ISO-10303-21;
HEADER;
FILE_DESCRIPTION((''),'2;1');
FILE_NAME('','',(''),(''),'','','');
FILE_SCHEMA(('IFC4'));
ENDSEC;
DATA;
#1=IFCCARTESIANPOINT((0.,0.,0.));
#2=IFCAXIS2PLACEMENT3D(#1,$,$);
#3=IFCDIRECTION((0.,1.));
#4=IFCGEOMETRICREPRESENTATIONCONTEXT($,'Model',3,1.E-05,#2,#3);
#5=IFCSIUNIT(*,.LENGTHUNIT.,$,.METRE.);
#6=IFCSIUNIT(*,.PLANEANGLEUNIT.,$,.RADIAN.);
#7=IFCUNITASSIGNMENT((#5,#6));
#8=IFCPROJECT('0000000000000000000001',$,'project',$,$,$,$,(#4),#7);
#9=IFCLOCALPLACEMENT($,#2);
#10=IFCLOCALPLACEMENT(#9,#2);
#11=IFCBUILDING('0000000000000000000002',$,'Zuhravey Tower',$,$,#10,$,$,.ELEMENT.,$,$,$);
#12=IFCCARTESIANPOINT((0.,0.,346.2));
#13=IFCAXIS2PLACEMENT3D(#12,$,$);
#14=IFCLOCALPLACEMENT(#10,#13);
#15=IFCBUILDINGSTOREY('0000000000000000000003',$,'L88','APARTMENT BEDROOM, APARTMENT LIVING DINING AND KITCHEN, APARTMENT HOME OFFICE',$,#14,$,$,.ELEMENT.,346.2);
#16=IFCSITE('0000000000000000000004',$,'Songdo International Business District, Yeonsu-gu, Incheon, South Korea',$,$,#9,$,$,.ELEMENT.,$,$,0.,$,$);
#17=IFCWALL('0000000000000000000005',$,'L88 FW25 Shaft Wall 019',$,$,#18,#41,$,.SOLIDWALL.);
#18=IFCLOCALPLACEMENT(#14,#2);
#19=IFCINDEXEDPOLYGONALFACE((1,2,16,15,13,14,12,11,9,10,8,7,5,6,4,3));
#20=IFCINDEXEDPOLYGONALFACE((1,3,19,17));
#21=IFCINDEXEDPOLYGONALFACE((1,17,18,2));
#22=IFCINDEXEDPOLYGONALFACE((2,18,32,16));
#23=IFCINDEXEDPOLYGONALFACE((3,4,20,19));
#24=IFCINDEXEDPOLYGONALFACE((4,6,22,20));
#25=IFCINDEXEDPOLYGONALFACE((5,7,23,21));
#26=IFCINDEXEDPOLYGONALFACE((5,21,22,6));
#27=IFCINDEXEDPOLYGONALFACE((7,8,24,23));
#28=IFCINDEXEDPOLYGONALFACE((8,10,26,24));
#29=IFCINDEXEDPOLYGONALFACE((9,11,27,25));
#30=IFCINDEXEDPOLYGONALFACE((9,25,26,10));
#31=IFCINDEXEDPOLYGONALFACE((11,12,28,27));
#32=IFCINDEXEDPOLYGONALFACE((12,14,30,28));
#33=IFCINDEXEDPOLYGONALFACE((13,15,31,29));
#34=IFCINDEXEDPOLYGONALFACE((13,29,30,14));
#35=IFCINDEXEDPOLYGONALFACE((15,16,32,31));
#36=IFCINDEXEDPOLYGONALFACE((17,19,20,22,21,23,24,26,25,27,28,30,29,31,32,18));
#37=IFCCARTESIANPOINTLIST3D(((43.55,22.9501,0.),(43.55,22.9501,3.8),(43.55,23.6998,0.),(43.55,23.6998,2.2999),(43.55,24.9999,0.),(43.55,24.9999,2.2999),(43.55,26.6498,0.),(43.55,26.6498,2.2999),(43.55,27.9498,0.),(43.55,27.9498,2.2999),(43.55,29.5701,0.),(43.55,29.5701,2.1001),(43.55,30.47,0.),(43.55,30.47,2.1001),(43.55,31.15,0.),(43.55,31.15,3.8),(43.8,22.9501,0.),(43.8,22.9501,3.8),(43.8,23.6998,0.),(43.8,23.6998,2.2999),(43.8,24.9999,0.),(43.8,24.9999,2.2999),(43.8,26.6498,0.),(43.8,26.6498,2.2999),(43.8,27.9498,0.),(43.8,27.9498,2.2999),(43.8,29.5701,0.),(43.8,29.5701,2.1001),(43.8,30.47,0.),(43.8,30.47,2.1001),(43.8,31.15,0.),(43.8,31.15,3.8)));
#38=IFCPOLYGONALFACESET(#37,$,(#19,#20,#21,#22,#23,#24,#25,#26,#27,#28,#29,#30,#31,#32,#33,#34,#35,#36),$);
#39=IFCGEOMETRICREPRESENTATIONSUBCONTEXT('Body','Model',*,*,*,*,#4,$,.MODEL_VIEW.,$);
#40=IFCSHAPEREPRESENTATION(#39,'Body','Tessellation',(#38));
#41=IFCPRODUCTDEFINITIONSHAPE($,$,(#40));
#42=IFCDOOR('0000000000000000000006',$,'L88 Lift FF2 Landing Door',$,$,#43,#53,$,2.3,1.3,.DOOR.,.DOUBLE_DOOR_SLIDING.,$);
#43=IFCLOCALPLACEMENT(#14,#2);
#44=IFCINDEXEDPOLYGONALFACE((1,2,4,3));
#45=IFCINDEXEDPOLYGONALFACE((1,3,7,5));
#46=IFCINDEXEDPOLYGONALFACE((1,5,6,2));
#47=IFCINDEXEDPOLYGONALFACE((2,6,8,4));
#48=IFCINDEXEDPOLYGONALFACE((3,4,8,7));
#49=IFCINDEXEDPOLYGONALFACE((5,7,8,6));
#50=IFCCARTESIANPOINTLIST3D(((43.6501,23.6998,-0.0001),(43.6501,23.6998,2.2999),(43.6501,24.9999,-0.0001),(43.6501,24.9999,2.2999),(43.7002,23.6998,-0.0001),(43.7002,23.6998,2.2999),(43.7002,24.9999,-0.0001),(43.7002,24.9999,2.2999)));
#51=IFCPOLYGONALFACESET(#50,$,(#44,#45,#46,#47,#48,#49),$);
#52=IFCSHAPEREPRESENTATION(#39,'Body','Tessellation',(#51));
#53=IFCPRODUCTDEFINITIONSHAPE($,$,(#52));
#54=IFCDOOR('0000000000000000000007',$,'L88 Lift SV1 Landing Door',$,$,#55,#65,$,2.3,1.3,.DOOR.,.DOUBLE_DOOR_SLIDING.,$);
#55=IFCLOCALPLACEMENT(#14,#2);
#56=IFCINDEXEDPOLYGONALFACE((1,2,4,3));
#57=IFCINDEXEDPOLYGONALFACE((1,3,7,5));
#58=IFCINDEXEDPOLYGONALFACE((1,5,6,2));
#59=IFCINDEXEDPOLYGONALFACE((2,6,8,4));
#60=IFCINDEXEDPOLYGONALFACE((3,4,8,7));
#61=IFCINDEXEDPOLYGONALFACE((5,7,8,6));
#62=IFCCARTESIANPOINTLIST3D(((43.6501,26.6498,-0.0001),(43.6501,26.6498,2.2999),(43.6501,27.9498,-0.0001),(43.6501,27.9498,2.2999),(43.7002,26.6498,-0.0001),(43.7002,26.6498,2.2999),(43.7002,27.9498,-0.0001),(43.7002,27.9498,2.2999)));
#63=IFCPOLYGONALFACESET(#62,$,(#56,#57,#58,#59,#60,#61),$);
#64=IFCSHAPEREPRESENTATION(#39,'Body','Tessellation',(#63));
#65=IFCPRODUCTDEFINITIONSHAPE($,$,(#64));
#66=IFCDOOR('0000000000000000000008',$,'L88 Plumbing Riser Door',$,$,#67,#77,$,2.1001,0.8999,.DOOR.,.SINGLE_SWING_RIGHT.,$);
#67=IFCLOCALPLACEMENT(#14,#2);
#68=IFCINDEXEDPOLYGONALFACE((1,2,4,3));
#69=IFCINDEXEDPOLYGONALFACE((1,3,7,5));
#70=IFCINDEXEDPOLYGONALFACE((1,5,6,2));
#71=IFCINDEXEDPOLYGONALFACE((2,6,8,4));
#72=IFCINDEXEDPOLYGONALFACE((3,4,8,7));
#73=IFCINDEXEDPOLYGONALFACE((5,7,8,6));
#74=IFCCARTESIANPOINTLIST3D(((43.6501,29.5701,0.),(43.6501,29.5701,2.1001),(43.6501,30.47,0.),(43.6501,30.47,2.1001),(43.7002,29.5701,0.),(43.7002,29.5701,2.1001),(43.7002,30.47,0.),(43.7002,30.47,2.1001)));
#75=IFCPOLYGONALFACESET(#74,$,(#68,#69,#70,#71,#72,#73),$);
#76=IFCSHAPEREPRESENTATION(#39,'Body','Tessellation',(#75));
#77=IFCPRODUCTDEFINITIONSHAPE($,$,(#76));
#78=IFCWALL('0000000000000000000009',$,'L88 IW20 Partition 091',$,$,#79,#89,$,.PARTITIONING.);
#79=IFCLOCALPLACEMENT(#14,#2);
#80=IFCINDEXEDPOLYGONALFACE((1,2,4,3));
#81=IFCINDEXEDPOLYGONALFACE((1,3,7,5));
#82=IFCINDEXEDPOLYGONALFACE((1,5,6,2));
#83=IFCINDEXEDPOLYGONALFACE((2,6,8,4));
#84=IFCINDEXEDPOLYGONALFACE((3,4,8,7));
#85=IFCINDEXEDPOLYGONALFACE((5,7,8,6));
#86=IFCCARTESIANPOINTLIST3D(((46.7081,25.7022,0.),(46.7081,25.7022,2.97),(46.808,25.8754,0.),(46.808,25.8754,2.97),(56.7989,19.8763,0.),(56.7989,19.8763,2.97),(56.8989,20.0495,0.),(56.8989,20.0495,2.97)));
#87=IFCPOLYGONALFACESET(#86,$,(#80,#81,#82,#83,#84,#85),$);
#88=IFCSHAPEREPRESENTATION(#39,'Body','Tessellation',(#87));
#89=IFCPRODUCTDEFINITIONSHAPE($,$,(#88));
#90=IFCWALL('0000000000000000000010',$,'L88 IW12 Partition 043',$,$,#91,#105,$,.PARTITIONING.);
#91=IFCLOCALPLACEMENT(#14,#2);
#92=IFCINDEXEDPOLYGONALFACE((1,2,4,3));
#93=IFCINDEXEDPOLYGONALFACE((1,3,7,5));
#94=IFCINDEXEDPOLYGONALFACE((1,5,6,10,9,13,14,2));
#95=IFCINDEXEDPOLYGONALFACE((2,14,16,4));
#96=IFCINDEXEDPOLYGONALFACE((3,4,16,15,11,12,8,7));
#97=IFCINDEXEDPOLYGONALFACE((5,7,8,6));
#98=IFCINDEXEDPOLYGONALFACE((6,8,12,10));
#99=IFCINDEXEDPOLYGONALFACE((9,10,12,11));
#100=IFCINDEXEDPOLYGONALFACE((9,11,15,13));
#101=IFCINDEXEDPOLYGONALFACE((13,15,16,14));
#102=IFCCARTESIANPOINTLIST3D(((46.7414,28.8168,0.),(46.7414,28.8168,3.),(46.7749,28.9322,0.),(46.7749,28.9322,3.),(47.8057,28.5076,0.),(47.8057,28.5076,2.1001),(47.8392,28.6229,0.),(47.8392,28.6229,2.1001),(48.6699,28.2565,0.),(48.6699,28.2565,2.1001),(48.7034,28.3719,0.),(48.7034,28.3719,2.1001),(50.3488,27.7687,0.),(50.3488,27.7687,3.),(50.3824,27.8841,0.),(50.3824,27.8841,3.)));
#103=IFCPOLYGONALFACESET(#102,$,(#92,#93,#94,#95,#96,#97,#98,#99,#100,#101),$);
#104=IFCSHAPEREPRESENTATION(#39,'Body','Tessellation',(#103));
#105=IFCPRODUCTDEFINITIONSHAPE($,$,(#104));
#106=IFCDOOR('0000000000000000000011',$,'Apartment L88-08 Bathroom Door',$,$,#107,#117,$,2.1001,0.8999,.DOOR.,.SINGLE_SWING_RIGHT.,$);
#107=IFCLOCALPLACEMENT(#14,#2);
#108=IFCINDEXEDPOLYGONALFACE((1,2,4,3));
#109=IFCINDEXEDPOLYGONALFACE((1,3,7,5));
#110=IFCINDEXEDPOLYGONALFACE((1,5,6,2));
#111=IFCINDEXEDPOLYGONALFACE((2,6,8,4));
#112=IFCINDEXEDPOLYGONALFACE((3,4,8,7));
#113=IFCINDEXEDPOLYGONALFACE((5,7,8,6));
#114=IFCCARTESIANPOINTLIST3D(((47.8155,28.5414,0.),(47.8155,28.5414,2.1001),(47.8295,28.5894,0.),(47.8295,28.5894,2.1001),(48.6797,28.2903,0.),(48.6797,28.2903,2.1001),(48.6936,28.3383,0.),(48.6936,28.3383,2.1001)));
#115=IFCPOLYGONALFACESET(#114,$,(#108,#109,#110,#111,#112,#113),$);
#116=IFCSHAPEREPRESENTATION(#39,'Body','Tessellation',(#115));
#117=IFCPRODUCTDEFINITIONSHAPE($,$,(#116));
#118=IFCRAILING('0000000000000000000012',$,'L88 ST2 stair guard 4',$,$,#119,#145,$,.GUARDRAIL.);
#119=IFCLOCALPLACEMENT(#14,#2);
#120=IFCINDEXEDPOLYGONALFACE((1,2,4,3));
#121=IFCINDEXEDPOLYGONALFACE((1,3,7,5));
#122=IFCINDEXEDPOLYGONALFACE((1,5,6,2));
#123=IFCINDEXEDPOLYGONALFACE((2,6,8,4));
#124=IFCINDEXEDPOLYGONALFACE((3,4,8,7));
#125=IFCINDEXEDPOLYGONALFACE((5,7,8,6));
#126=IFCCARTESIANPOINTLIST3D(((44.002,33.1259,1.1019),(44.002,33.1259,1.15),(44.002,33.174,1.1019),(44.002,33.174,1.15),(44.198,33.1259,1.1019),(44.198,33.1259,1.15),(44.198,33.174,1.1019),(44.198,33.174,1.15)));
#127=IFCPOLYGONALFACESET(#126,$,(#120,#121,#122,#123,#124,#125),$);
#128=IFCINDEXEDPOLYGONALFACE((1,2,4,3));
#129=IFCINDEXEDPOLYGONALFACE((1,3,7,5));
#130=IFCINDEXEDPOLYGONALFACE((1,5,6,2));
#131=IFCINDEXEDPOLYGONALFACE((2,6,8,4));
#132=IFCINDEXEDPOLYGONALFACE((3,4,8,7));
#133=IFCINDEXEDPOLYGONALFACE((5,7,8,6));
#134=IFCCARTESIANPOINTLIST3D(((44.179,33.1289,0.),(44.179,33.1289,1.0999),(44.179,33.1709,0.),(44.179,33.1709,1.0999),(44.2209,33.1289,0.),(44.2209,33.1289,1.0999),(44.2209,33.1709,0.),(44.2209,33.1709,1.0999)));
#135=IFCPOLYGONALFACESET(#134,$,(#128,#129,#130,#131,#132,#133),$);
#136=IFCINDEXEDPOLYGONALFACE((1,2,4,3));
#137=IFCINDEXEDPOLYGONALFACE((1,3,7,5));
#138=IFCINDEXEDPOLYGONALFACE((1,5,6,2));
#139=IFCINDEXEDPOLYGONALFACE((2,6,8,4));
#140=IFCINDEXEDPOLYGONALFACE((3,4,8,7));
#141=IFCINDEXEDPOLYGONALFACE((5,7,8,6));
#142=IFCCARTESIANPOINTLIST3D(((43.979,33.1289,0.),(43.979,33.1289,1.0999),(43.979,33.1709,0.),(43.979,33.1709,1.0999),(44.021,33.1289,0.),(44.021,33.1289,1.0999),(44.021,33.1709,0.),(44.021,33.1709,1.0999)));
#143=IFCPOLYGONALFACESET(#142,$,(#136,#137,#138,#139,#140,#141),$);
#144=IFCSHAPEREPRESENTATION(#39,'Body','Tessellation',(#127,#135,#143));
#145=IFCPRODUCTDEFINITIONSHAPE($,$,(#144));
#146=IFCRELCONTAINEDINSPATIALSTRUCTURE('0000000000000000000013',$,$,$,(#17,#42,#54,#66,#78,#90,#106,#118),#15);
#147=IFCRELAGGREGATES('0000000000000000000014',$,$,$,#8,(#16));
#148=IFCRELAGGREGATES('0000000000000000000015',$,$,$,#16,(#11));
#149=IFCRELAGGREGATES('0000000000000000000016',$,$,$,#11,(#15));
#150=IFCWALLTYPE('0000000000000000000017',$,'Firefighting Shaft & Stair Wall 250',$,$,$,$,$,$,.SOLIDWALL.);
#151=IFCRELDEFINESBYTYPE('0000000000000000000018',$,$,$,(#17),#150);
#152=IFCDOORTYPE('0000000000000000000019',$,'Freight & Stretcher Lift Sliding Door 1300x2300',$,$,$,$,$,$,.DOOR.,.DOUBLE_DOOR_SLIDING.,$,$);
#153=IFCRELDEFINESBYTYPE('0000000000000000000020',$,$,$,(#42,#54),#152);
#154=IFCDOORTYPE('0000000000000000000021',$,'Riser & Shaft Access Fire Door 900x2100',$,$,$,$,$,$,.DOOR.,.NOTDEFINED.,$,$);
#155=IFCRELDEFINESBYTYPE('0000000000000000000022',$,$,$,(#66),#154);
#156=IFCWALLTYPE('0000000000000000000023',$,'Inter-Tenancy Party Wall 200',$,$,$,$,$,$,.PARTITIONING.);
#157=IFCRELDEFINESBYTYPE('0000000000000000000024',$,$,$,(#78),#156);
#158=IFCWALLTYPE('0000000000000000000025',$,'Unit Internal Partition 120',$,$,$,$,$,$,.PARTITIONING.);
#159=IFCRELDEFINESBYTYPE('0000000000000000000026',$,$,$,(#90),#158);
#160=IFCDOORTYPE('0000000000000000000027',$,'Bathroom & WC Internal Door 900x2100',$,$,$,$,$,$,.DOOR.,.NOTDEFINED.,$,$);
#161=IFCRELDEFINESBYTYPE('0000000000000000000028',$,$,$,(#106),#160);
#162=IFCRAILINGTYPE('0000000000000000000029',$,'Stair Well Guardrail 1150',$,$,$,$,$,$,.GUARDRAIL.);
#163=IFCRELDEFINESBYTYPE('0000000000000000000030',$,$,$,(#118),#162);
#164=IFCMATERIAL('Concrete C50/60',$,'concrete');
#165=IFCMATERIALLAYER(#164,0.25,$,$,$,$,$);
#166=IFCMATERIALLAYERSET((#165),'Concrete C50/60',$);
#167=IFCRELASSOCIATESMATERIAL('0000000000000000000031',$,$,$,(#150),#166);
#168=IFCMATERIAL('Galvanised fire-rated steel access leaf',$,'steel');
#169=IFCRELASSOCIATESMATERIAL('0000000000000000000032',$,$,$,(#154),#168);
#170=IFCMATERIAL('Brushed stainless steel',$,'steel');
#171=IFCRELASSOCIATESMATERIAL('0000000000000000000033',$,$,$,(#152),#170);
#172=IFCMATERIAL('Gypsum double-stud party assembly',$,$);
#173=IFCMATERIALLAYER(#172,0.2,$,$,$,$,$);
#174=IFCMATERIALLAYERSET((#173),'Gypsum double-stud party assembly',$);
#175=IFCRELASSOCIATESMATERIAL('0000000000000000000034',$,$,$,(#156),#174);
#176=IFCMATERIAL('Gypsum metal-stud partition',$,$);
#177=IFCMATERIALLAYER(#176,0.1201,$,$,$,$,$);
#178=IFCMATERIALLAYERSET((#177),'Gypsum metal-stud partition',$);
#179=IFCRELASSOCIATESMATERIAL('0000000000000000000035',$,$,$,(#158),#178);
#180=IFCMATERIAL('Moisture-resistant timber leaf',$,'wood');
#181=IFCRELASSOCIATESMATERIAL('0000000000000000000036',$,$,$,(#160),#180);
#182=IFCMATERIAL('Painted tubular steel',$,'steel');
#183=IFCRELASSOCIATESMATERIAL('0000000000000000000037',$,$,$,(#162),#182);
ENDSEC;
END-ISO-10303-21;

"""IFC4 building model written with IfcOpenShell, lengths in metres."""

from ifc_helpers import new_model, si_unit, direction, frame, frame_2d, origin, origin_2d, place, context, subcontext, project, spatial, rectangle, extrude, material, layer, layer_set, type_object, element, fill, save


model = new_model("IFC4")

# Units and contexts
model_context = context("Model", 3, precision=1e-05, world=origin(), true_north=direction((0.0, 1.0)))
body_context = subcontext(model_context, "Body", "Model", "MODEL_VIEW")
ifc_project = project(units=[si_unit("LENGTHUNIT", "METRE"), si_unit("PLANEANGLEUNIT", "RADIAN")], contexts=[model_context])

# Site, building, storey
site_placement = place(None, origin())
site = spatial("IfcSite", under=ifc_project, at=site_placement, Name="Songdo International Business District, Yeonsu-gu, Incheon, South Korea", CompositionType="ELEMENT", RefElevation=0.0)
building_placement = place(site_placement, origin())
building = spatial("IfcBuilding", under=site, at=building_placement, Name="Zuhravey Tower", CompositionType="ELEMENT")
storey_placement = place(building_placement, frame((0.0, 0.0, 346.2)))
storey = spatial("IfcBuildingStorey", under=building, at=storey_placement, Name="L88", Description="APARTMENT BEDROOM, APARTMENT LIVING DINING AND KITCHEN, APARTMENT HOME OFFICE", CompositionType="ELEMENT", Elevation=346.2)

# Shared definitions
ifc_material_1 = material(Name="Concrete C50/60", Category="concrete")
ifc_layer_1 = layer(ifc_material_1, 0.25)
ifc_layer_set_1 = layer_set([ifc_layer_1], Name="Concrete C50/60")
wall_type_1 = type_object("IfcWallType", Name="Firefighting Shaft & Stair Wall 250", PredefinedType="SOLIDWALL", material=ifc_layer_set_1)

# Shared definitions
ifc_material_2 = material(Name="Galvanised fire-rated steel access leaf", Category="steel")
door_type_1 = type_object("IfcDoorType", Name="Riser & Shaft Access Fire Door 900x2100", OperationType="NOTDEFINED", PredefinedType="DOOR", material=ifc_material_2)
ifc_material_3 = material(Name="Brushed stainless steel", Category="steel")

# Wall, openings, doors
wall_1_placement = place(storey_placement, frame((43.675, 22.95, 0.0), z_axis=(0.0, 0.0, 1.0), x_axis=(0.0, 1.0, 0.0)))
wall_1 = element("IfcWall", 1, at=wall_1_placement, inside=storey, type_object=wall_type_1, Name="L88 FW25 Shaft Wall 019", PredefinedType="SOLIDWALL", context=body_context, shape_type="SweptSolid", body=[
    extrude(rectangle(XDim=8.2, YDim=0.25, at=frame_2d((4.1001, 0.0))), origin(), (0.0, 0.0, 1.0), 3.8),
])
opening_1_placement = place(wall_1_placement, frame((0.75, 0.0, 0.0)))
opening_1 = element("IfcOpeningElement", 2, at=opening_1_placement, cuts=wall_1, PredefinedType="OPENING", context=body_context, shape_type="SweptSolid", body=[
    extrude(rectangle(XDim=1.3, YDim=2.3, at=frame_2d((0.6499, 1.1499))), frame((0.0, 0.137, 0.0), z_axis=(0.0, -1.0, 0.0), x_axis=(1.0, 0.0, 0.0)), (0.0, 0.0, 1.0), 0.2739),
])
opening_2_placement = place(wall_1_placement, frame((3.7, 0.0, 0.0)))
opening_2 = element("IfcOpeningElement", 3, at=opening_2_placement, cuts=wall_1, PredefinedType="OPENING", context=body_context, shape_type="SweptSolid", body=[
    extrude(rectangle(XDim=1.3, YDim=2.3, at=frame_2d((0.6499, 1.1499))), frame((0.0, 0.137, 0.0), z_axis=(0.0, -1.0, 0.0), x_axis=(1.0, 0.0, 0.0)), (0.0, 0.0, 1.0), 0.2739),
])
opening_3_placement = place(wall_1_placement, frame((6.6201, 0.0, 0.0)))
opening_3 = element("IfcOpeningElement", 4, at=opening_3_placement, cuts=wall_1, PredefinedType="OPENING", context=body_context, shape_type="SweptSolid", body=[
    extrude(rectangle(XDim=0.8999, YDim=2.1001, at=frame_2d((0.45, 1.05))), frame((0.0, 0.137, 0.0), z_axis=(0.0, -1.0, 0.0), x_axis=(1.0, 0.0, 0.0)), (0.0, 0.0, 1.0), 0.2739),
])
door_type_2 = type_object("IfcDoorType", Name="Freight & Stretcher Lift Sliding Door 1300x2300", OperationType="DOUBLE_DOOR_SLIDING", PredefinedType="DOOR", material=ifc_material_3)
door_1_placement = place(opening_1_placement, origin())
door_1 = element("IfcDoor", 5, at=door_1_placement, inside=storey, type_object=door_type_2, Name="L88 Lift FF2 Landing Door", OperationType="DOUBLE_DOOR_SLIDING", OverallHeight=2.3, OverallWidth=1.3, PredefinedType="DOOR", context=body_context, shape_type="SweptSolid", body=[
    extrude(rectangle(XDim=1.3, YDim=2.3, at=frame_2d((0.6499, 1.1499))), frame((0.0, 0.0249, 0.0), z_axis=(0.0, -1.0, 0.0), x_axis=(1.0, 0.0, 0.0)), (0.0, 0.0, 1.0), 0.05),
])
fill(opening_1, door_1)
door_2_placement = place(opening_2_placement, origin())
door_2 = element("IfcDoor", 6, at=door_2_placement, inside=storey, type_object=door_type_2, Name="L88 Lift SV1 Landing Door", OperationType="DOUBLE_DOOR_SLIDING", OverallHeight=2.3, OverallWidth=1.3, PredefinedType="DOOR", context=body_context, shape_type="SweptSolid", body=[
    extrude(rectangle(XDim=1.3, YDim=2.3, at=frame_2d((0.6499, 1.1499))), frame((0.0, 0.0249, 0.0), z_axis=(0.0, -1.0, 0.0), x_axis=(1.0, 0.0, 0.0)), (0.0, 0.0, 1.0), 0.05),
])
fill(opening_2, door_2)
door_3_placement = place(opening_3_placement, origin())
door_3 = element("IfcDoor", 7, at=door_3_placement, inside=storey, type_object=door_type_1, Name="L88 Plumbing Riser Door", OperationType="SINGLE_SWING_RIGHT", OverallHeight=2.1001, OverallWidth=0.8999, PredefinedType="DOOR", context=body_context, shape_type="SweptSolid", body=[
    extrude(rectangle(XDim=0.8999, YDim=2.1001, at=frame_2d((0.45, 1.05))), frame((0.0, 0.0249, 0.0), z_axis=(0.0, -1.0, 0.0), x_axis=(1.0, 0.0, 0.0)), (0.0, 0.0, 1.0), 0.05),
])
fill(opening_3, door_3)

# Wall
ifc_material_4 = material(Name="Gypsum double-stud party assembly")
ifc_layer_2 = layer(ifc_material_4, 0.2)
ifc_layer_set_2 = layer_set([ifc_layer_2], Name="Gypsum double-stud party assembly")
wall_type_2 = type_object("IfcWallType", Name="Inter-Tenancy Party Wall 200", PredefinedType="PARTITIONING", material=ifc_layer_set_2)
wall_2_placement = place(storey_placement, frame((46.7581, 25.7888, 0.0), z_axis=(0.0, 0.0, 1.0), x_axis=(0.866026, -0.499999, 0.0)))
element("IfcWall", 8, at=wall_2_placement, inside=storey, type_object=wall_type_2, Name="L88 IW20 Partition 091", PredefinedType="PARTITIONING", context=body_context, shape_type="SweptSolid", body=[
    extrude(rectangle(XDim=11.6519, YDim=0.2, at=frame_2d((5.8259, 0.0))), origin(), (0.0, 0.0, 1.0), 2.97),
])

# Wall, opening, door
ifc_material_5 = material(Name="Gypsum metal-stud partition")
ifc_layer_3 = layer(ifc_material_5, 0.1201)
ifc_layer_set_3 = layer_set([ifc_layer_3], Name="Gypsum metal-stud partition")
wall_type_3 = type_object("IfcWallType", Name="Unit Internal Partition 120", PredefinedType="PARTITIONING", material=ifc_layer_set_3)
wall_3_placement = place(storey_placement, frame((46.7581, 28.8745, 0.0), z_axis=(0.0, 0.0, 1.0), x_axis=(0.960291, -0.279002, 0.0)))
wall_3 = element("IfcWall", 9, at=wall_3_placement, inside=storey, type_object=wall_type_3, Name="L88 IW12 Partition 043", PredefinedType="PARTITIONING", context=body_context, shape_type="SweptSolid", body=[
    extrude(rectangle(XDim=3.7566, YDim=0.1201, at=frame_2d((1.8784, 0.0))), origin(), (0.0, 0.0, 1.0), 3.0),
])
opening_4_placement = place(wall_3_placement, frame((1.1084, 0.0, 0.0)))
opening_4 = element("IfcOpeningElement", 10, at=opening_4_placement, cuts=wall_3, PredefinedType="OPENING", context=body_context, shape_type="SweptSolid", body=[
    extrude(rectangle(XDim=0.8999, YDim=2.1001, at=frame_2d((0.45, 1.05))), frame((0.0, 0.072, 0.0), z_axis=(0.0, -1.0, 0.0), x_axis=(1.0, 0.0, 0.0)), (0.0, 0.0, 1.0), 0.144),
])
ifc_material_6 = material(Name="Moisture-resistant timber leaf", Category="wood")
door_type_3 = type_object("IfcDoorType", Name="Bathroom & WC Internal Door 900x2100", OperationType="NOTDEFINED", PredefinedType="DOOR", material=ifc_material_6)
door_4_placement = place(opening_4_placement, frame((0.8999, 0.0, 0.0), z_axis=(0.0, 0.0, 1.0), x_axis=(-1.0, 0.0, 0.0)))
door_4 = element("IfcDoor", 11, at=door_4_placement, inside=storey, type_object=door_type_3, Name="Apartment L88-08 Bathroom Door", OperationType="SINGLE_SWING_RIGHT", OverallHeight=2.1001, OverallWidth=0.8999, PredefinedType="DOOR", context=body_context, shape_type="SweptSolid", body=[
    extrude(rectangle(XDim=0.8999, YDim=2.1001, at=frame_2d((0.45, 1.05))), frame((0.0, 0.0249, 0.0), z_axis=(0.0, -1.0, 0.0), x_axis=(1.0, 0.0, 0.0)), (0.0, 0.0, 1.0), 0.05),
])
fill(opening_4, door_4)

# Railing
ifc_material_7 = material(Name="Painted tubular steel", Category="steel")
railing_type = type_object("IfcRailingType", Name="Stair Well Guardrail 1150", PredefinedType="GUARDRAIL", material=ifc_material_7)
railing_placement = place(storey_placement, frame((44.2, 33.1499, 0.0)))
element("IfcRailing", 12, at=railing_placement, inside=storey, type_object=railing_type, Name="L88 ST2 stair guard 4", PredefinedType="GUARDRAIL", context=body_context, shape_type="SweptSolid", body=[
    extrude(rectangle(XDim=0.0481, YDim=0.0481, at=origin_2d()), frame((-0.002, 0.0, 1.126), z_axis=(-1.0, 0.0, 0.0), x_axis=(0.0, -1.0, 0.0)), (0.0, 0.0, 1.0), 0.196),
    extrude(rectangle(XDim=0.042, YDim=0.042, at=origin_2d()), origin(), (0.0, 0.0, 1.0), 1.0999),
    extrude(rectangle(XDim=0.042, YDim=0.042, at=origin_2d()), frame((-0.2, 0.0, 0.0)), (0.0, 0.0, 1.0), 1.0999),
])

save(model, "model.ifc")
